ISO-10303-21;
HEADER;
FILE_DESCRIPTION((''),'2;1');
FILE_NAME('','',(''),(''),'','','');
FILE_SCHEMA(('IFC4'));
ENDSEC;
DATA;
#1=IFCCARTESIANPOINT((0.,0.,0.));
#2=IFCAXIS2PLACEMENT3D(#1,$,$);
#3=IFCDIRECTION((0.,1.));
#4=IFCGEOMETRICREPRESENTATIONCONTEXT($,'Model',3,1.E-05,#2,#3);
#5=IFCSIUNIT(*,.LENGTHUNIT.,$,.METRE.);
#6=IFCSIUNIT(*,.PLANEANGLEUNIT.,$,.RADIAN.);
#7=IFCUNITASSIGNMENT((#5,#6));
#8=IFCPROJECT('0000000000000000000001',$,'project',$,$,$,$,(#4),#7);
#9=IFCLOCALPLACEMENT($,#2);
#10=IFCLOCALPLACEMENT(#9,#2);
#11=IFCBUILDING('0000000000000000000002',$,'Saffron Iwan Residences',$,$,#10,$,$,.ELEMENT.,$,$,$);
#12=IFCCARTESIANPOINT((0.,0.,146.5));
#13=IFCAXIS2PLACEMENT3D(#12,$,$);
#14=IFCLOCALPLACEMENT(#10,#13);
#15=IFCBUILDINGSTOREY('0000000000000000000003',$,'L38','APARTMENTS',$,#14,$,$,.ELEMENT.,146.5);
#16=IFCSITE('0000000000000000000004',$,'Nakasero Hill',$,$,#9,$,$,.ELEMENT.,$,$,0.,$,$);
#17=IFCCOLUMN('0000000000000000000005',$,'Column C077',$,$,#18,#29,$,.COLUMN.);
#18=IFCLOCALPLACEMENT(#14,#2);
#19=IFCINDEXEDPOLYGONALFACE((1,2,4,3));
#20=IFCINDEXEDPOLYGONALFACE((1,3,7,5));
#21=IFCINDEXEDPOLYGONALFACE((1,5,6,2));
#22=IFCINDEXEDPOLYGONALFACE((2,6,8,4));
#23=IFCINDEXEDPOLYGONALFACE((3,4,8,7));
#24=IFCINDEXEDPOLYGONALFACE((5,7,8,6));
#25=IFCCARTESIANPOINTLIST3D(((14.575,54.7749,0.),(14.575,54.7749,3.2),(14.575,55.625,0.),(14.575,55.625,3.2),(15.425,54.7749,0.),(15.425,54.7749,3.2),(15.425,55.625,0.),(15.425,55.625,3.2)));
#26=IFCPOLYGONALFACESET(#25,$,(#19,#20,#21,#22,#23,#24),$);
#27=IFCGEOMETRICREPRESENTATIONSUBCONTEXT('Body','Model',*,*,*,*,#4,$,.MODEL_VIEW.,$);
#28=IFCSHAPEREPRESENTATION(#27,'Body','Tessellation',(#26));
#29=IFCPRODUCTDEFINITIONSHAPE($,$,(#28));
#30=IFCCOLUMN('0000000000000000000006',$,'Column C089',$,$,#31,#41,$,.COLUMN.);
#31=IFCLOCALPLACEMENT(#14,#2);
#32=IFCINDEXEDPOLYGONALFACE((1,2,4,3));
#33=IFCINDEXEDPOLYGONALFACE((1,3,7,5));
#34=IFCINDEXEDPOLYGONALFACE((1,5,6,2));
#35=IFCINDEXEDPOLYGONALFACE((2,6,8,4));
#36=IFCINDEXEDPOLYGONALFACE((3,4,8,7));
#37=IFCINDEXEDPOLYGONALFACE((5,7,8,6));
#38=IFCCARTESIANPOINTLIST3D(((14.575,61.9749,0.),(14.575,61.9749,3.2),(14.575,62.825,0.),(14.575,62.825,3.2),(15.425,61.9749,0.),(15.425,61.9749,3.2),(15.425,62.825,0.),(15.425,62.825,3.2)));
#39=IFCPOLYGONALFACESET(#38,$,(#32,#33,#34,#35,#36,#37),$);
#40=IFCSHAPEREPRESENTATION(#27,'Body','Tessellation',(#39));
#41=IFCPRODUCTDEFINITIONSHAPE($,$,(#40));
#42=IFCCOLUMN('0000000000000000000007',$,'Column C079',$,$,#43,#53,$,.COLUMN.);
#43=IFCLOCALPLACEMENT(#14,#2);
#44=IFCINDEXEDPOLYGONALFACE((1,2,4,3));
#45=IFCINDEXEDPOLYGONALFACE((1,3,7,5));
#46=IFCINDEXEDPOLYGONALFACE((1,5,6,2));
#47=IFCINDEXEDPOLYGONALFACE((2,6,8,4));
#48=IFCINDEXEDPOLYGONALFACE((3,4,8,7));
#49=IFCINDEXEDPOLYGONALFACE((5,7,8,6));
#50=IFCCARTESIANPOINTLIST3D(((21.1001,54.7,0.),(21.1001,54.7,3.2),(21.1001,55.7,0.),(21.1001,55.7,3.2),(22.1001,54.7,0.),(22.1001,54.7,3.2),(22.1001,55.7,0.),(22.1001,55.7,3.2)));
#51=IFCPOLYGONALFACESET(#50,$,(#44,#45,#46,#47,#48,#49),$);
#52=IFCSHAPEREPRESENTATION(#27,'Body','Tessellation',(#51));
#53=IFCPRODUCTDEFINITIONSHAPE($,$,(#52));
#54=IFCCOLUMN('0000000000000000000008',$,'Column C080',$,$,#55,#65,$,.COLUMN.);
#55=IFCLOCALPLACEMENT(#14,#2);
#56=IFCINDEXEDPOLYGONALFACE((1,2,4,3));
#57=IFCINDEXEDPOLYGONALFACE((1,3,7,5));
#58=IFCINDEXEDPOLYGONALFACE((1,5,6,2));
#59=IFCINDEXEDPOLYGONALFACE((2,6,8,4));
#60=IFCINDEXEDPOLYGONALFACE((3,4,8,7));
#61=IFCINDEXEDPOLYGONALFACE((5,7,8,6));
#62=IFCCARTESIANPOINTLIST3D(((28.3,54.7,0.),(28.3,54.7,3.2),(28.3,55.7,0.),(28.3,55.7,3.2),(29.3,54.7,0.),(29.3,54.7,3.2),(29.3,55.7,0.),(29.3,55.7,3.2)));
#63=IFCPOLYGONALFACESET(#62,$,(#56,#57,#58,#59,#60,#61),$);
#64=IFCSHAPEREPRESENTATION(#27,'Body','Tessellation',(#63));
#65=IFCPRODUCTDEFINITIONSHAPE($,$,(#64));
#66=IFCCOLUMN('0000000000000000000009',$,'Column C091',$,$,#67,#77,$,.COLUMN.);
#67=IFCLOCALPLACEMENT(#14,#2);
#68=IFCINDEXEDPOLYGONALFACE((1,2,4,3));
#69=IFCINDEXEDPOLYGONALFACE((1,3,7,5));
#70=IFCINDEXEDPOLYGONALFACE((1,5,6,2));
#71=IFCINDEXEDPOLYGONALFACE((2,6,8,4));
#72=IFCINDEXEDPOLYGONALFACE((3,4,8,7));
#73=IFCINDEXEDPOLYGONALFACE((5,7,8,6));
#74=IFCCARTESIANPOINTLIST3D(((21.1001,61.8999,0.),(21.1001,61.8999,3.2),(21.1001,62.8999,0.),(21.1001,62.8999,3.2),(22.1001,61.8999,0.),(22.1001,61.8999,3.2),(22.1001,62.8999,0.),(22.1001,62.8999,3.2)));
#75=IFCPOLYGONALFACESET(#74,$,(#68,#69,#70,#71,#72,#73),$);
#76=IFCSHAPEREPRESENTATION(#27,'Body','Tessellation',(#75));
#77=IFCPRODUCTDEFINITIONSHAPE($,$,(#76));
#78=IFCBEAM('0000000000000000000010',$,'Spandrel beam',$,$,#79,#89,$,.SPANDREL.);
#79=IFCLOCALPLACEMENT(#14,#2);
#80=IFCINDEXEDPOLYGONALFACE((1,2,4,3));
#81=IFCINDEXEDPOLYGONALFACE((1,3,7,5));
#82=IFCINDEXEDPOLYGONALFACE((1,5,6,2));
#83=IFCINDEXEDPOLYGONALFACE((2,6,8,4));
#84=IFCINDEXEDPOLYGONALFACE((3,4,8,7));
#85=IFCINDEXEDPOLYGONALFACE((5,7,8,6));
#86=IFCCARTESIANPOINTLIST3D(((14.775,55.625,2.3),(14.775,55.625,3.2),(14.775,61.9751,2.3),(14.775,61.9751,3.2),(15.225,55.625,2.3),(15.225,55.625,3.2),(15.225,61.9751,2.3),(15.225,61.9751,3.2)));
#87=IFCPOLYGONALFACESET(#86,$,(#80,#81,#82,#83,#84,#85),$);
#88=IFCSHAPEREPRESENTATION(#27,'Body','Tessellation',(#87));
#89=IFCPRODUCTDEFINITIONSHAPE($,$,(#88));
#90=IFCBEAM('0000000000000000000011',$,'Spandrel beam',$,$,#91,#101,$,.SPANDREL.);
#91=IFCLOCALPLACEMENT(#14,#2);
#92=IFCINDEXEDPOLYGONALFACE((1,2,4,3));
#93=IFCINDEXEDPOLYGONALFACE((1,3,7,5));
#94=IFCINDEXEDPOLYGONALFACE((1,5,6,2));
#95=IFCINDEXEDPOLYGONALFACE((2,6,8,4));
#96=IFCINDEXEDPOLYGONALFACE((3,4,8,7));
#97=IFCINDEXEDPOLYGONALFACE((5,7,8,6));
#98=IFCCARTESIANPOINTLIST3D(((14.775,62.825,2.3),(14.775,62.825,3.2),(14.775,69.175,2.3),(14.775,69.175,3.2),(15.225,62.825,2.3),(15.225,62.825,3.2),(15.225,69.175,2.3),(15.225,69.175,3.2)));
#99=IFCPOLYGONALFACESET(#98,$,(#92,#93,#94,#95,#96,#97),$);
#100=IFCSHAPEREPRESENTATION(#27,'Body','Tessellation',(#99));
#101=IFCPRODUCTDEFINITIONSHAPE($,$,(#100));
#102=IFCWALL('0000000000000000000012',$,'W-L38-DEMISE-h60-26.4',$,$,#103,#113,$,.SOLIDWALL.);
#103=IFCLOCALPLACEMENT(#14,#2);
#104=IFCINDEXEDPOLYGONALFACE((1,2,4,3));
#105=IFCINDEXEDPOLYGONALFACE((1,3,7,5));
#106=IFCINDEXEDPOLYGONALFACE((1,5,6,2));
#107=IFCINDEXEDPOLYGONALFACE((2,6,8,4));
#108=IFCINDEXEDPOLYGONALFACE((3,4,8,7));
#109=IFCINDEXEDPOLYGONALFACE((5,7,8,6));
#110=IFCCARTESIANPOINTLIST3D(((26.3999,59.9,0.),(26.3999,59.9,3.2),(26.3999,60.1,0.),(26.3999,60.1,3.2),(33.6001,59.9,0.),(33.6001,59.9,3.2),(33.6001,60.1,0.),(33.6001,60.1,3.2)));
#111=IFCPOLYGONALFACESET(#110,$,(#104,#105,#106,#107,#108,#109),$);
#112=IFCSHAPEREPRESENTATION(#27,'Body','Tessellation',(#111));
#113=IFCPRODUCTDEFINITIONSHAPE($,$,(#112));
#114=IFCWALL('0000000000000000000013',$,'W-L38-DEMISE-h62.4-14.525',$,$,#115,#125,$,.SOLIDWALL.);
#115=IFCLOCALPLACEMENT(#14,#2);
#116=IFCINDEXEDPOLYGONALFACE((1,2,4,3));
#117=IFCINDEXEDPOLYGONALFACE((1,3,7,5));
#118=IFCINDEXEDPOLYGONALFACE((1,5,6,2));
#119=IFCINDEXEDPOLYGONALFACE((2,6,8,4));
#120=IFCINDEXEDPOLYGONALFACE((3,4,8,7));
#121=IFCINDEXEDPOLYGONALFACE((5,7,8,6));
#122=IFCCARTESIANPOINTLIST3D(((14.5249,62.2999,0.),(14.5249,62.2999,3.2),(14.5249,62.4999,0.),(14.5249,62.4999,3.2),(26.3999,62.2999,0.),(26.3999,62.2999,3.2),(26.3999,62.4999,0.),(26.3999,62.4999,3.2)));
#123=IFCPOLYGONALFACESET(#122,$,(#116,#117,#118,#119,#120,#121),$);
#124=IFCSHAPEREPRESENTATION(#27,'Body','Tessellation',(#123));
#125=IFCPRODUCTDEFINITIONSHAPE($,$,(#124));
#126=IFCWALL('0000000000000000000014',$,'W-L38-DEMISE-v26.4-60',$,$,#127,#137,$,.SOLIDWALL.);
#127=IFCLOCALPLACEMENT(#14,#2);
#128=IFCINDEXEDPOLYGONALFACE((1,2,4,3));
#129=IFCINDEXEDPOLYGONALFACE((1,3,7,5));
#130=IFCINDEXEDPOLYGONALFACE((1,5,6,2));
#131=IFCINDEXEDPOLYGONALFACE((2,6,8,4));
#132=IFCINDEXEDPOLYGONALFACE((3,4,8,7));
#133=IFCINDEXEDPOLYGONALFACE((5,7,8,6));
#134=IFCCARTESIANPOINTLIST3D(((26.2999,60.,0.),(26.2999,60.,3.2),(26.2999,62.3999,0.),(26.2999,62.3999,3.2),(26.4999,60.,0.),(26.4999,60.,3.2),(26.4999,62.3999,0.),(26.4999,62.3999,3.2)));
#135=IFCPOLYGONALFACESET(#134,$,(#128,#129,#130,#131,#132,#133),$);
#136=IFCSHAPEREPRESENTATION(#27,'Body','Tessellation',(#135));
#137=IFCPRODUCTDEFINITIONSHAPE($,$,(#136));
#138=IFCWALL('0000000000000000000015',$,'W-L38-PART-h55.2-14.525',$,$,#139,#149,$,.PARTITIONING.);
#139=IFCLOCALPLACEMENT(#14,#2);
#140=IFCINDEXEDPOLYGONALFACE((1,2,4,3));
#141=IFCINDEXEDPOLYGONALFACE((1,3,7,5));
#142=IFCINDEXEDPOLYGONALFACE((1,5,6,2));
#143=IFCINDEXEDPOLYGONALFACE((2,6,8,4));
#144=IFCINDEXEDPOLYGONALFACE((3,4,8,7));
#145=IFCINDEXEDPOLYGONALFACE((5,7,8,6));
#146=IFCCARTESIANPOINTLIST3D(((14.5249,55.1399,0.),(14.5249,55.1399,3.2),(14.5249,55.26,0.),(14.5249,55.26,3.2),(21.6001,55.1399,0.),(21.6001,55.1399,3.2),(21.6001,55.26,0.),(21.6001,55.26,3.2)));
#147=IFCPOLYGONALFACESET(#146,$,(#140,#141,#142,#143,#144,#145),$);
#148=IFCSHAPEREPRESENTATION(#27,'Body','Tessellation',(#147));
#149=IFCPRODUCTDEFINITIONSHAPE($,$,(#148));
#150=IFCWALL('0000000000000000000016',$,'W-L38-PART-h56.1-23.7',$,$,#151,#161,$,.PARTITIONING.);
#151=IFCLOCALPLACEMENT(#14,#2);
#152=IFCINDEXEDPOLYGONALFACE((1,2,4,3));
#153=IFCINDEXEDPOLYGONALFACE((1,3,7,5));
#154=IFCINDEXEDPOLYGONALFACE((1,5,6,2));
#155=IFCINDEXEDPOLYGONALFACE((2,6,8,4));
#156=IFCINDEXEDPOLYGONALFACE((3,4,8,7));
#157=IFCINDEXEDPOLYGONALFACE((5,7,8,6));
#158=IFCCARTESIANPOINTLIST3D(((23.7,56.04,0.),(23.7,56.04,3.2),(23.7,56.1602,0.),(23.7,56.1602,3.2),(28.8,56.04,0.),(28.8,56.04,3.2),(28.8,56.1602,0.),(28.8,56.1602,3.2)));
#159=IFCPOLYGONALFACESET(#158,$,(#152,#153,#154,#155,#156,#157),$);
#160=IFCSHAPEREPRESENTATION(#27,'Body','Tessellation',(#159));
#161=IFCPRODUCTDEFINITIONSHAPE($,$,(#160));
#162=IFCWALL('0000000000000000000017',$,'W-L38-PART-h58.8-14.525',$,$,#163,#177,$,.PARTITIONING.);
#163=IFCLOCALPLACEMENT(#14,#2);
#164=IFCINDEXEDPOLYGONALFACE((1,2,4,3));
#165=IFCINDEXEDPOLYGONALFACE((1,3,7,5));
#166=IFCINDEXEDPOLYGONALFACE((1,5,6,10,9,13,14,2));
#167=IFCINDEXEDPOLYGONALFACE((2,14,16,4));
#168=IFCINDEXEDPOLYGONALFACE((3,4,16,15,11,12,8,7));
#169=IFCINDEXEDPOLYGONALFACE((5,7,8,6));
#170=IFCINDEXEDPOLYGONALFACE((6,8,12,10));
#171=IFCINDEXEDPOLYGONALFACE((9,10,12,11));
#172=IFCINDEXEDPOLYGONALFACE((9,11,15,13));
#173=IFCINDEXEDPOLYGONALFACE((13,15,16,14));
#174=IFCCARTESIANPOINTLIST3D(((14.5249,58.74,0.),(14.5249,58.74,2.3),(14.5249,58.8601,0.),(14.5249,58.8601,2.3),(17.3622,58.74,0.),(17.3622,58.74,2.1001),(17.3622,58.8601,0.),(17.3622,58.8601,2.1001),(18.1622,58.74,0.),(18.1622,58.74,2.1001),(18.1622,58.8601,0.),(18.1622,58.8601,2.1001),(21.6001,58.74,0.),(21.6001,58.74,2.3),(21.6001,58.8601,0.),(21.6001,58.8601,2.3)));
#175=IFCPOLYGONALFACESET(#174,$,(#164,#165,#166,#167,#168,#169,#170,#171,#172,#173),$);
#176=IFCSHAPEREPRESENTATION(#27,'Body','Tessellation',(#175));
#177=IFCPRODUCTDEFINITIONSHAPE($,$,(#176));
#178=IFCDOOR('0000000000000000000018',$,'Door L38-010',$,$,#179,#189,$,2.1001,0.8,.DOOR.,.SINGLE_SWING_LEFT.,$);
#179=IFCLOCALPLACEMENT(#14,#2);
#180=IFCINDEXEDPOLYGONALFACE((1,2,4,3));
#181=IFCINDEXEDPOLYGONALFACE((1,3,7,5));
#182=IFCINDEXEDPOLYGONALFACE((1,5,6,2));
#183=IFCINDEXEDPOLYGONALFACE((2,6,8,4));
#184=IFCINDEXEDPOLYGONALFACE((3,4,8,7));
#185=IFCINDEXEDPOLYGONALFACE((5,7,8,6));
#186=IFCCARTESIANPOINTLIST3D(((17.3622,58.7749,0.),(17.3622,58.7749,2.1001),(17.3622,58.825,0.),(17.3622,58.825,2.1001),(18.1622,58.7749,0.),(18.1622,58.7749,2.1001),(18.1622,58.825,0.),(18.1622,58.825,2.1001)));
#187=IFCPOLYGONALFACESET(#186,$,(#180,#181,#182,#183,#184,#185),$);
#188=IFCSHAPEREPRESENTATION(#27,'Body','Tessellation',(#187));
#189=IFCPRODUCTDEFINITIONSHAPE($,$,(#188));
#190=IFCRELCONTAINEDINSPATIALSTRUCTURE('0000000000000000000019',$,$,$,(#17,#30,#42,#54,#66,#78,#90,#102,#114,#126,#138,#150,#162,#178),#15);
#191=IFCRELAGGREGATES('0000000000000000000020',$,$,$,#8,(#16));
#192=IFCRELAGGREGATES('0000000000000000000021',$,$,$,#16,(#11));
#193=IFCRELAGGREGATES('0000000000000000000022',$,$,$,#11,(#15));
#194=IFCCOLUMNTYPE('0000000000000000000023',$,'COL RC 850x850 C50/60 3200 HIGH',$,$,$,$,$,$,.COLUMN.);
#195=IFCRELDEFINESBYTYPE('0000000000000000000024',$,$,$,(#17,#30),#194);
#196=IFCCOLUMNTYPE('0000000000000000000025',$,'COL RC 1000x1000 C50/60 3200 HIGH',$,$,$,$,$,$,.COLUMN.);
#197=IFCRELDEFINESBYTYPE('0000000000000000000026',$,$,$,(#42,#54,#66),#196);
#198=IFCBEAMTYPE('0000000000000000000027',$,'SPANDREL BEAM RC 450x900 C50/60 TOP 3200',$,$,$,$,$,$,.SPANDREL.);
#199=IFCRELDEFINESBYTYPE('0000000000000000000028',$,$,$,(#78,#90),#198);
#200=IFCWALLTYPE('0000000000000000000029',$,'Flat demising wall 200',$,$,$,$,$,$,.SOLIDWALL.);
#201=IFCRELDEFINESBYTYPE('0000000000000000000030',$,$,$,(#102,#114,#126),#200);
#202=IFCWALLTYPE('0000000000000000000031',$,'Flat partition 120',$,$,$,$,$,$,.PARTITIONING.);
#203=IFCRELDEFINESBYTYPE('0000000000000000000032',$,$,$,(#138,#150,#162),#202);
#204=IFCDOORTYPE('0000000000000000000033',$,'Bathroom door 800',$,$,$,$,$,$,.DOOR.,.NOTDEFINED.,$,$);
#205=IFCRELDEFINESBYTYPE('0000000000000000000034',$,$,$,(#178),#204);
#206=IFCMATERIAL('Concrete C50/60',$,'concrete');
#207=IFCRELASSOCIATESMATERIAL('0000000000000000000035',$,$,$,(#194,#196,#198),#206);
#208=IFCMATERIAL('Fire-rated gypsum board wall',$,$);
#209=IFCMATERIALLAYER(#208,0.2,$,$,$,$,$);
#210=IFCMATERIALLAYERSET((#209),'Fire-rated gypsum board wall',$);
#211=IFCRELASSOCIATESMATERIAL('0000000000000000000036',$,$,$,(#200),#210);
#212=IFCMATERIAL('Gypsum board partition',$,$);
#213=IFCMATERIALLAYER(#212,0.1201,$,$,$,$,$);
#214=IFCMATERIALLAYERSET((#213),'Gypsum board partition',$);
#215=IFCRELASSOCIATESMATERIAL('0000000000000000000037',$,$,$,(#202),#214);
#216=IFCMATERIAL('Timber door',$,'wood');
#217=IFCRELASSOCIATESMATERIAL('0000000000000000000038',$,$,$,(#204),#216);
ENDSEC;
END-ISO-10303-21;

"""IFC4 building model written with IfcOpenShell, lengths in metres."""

from ifc_helpers import new_model, si_unit, direction, frame, frame_2d, origin, origin_2d, place, context, subcontext, project, spatial, rectangle, extrude, source, transform, mapped, material, layer, layer_set, material_profile, profile_set, type_object, element, fill, save


model = new_model("IFC4")

# Units and contexts
model_context = context("Model", 3, precision=1e-05, world=origin(), true_north=direction((0.0, 1.0)))
body_context = subcontext(model_context, "Body", "Model", "MODEL_VIEW")
ifc_project = project(units=[si_unit("LENGTHUNIT", "METRE"), si_unit("PLANEANGLEUNIT", "RADIAN")], contexts=[model_context])

# Site, building, storey
site_placement = place(None, origin())
site = spatial("IfcSite", under=ifc_project, at=site_placement, Name="Nakasero Hill", CompositionType="ELEMENT", RefElevation=0.0)
building_placement = place(site_placement, origin())
building = spatial("IfcBuilding", under=site, at=building_placement, Name="Saffron Iwan Residences", CompositionType="ELEMENT")
storey_placement = place(building_placement, frame((0.0, 0.0, 146.5)))
storey = spatial("IfcBuildingStorey", under=building, at=storey_placement, Name="L38", Description="APARTMENTS", CompositionType="ELEMENT", Elevation=146.5)

# Columns
ifc_material_1 = material(Name="Concrete C50/60", Category="concrete")
ifc_material_profile_1 = material_profile(ifc_material_1, rectangle(XDim=0.8501, YDim=0.8501, at=origin_2d()), Name="RC 850x850")
ifc_profile_set_1 = profile_set([ifc_material_profile_1], Name="Concrete C50/60")
column_type_1 = type_object("IfcColumnType", Name="COL RC 850x850 C50/60 3200 HIGH", PredefinedType="COLUMN", material=ifc_profile_set_1)
shared_shape_1 = source(origin(), body_context, "Body", "SweptSolid", [
    extrude(rectangle(XDim=0.8501, YDim=0.8501, at=origin_2d()), origin(), (0.0, 0.0, 1.0), 3.2),
])
for number, where, z_axis, x_axis, name in (
    (1, (15.0, 55.2, 0.0), (0.0, 0.0, 1.0), (1.0, 0.0, 0.0), "Column C077"),
    (2, (15.0, 62.3999, 0.0), (0.0, 0.0, 1.0), (1.0, 0.0, 0.0), "Column C089"),
):
    element("IfcColumn", number, at=place(storey_placement, frame(where, z_axis=z_axis, x_axis=x_axis)), inside=storey, type_object=column_type_1, Name=name, PredefinedType="COLUMN", context=body_context, shape_type="MappedRepresentation", body=[
        mapped(shared_shape_1, transform((0.0, 0.0, 0.0))),
    ])
ifc_material_profile_2 = material_profile(ifc_material_1, rectangle(XDim=1.0, YDim=1.0, at=origin_2d()), Name="RC 1000x1000")
ifc_profile_set_2 = profile_set([ifc_material_profile_2], Name="Concrete C50/60")
column_type_2 = type_object("IfcColumnType", Name="COL RC 1000x1000 C50/60 3200 HIGH", PredefinedType="COLUMN", material=ifc_profile_set_2)
shared_shape_2 = source(origin(), body_context, "Body", "SweptSolid", [
    extrude(rectangle(XDim=1.0, YDim=1.0, at=origin_2d()), origin(), (0.0, 0.0, 1.0), 3.2),
])
for number, where, z_axis, x_axis, name in (
    (3, (21.6001, 55.2, 0.0), (0.0, 0.0, 1.0), (1.0, 0.0, 0.0), "Column C079"),
    (4, (28.8, 55.2, 0.0), (0.0, 0.0, 1.0), (1.0, 0.0, 0.0), "Column C080"),
    (5, (21.6001, 62.3999, 0.0), (0.0, 0.0, 1.0), (1.0, 0.0, 0.0), "Column C091"),
):
    element("IfcColumn", number, at=place(storey_placement, frame(where, z_axis=z_axis, x_axis=x_axis)), inside=storey, type_object=column_type_2, Name=name, PredefinedType="COLUMN", context=body_context, shape_type="MappedRepresentation", body=[
        mapped(shared_shape_2, transform((0.0, 0.0, 0.0))),
    ])

# Beams
ifc_material_profile_3 = material_profile(ifc_material_1, rectangle(XDim=0.45, YDim=0.8999, at=origin_2d()), Name="RC 450x900")
ifc_profile_set_3 = profile_set([ifc_material_profile_3], Name="Concrete C50/60")
beam_type = type_object("IfcBeamType", Name="SPANDREL BEAM RC 450x900 C50/60 TOP 3200", PredefinedType="SPANDREL", material=ifc_profile_set_3)
shared_shape_3 = source(origin(), body_context, "Body", "SweptSolid", [
    extrude(rectangle(XDim=0.45, YDim=0.8999, at=origin_2d()), origin(), (0.0, 0.0, 1.0), 6.3501),
])
for number, where, z_axis, x_axis, name in (
    (6, (15.0, 55.625, 2.75), (0.0, 1.0, 0.0), (-1.0, 0.0, 0.0), "Spandrel beam"),
    (7, (15.0, 62.825, 2.75), (0.0, 1.0, 0.0), (-1.0, 0.0, 0.0), "Spandrel beam"),
):
    element("IfcBeam", number, at=place(storey_placement, frame(where, z_axis=z_axis, x_axis=x_axis)), inside=storey, type_object=beam_type, Name=name, PredefinedType="SPANDREL", context=body_context, shape_type="MappedRepresentation", body=[
        mapped(shared_shape_3, transform((0.0, 0.0, 0.0))),
    ])

# Walls
ifc_material_2 = material(Name="Fire-rated gypsum board wall")
ifc_layer_1 = layer(ifc_material_2, 0.2)
ifc_layer_set_1 = layer_set([ifc_layer_1], Name="Fire-rated gypsum board wall")
wall_type_1 = type_object("IfcWallType", Name="Flat demising wall 200", PredefinedType="SOLIDWALL", material=ifc_layer_set_1)
wall_1_placement = place(storey_placement, frame((26.3999, 60.0, 0.0), z_axis=(0.0, 0.0, 1.0), x_axis=(1.0, 0.0, 0.0)))
element("IfcWall", 8, at=wall_1_placement, inside=storey, type_object=wall_type_1, Name="W-L38-DEMISE-h60-26.4", PredefinedType="SOLIDWALL", context=body_context, shape_type="SweptSolid", body=[
    extrude(rectangle(XDim=7.2002, YDim=0.2, at=frame_2d((3.6001, 0.0))), origin(), (0.0, 0.0, 1.0), 3.2),
])
wall_2_placement = place(storey_placement, frame((14.5249, 62.3999, 0.0), z_axis=(0.0, 0.0, 1.0), x_axis=(1.0, 0.0, 0.0)))
element("IfcWall", 9, at=wall_2_placement, inside=storey, type_object=wall_type_1, Name="W-L38-DEMISE-h62.4-14.525", PredefinedType="SOLIDWALL", context=body_context, shape_type="SweptSolid", body=[
    extrude(rectangle(XDim=11.875, YDim=0.2, at=frame_2d((5.9375, 0.0))), origin(), (0.0, 0.0, 1.0), 3.2),
])
wall_3_placement = place(storey_placement, frame((26.3999, 60.0, 0.0), z_axis=(0.0, 0.0, 1.0), x_axis=(0.0, 1.0, 0.0)))
element("IfcWall", 10, at=wall_3_placement, inside=storey, type_object=wall_type_1, Name="W-L38-DEMISE-v26.4-60", PredefinedType="SOLIDWALL", context=body_context, shape_type="SweptSolid", body=[
    extrude(rectangle(XDim=2.3999, YDim=0.2, at=frame_2d((1.2, 0.0))), origin(), (0.0, 0.0, 1.0), 3.2),
])
ifc_material_3 = material(Name="Gypsum board partition")
ifc_layer_2 = layer(ifc_material_3, 0.1201)
ifc_layer_set_2 = layer_set([ifc_layer_2], Name="Gypsum board partition")
wall_type_2 = type_object("IfcWallType", Name="Flat partition 120", PredefinedType="PARTITIONING", material=ifc_layer_set_2)
wall_4_placement = place(storey_placement, frame((14.5249, 55.2, 0.0), z_axis=(0.0, 0.0, 1.0), x_axis=(1.0, 0.0, 0.0)))
element("IfcWall", 11, at=wall_4_placement, inside=storey, type_object=wall_type_2, Name="W-L38-PART-h55.2-14.525", PredefinedType="PARTITIONING", context=body_context, shape_type="SweptSolid", body=[
    extrude(rectangle(XDim=7.0752, YDim=0.1201, at=frame_2d((3.5376, 0.0))), origin(), (0.0, 0.0, 1.0), 3.2),
])
wall_5_placement = place(storey_placement, frame((23.7, 56.1001, 0.0), z_axis=(0.0, 0.0, 1.0), x_axis=(1.0, 0.0, 0.0)))
element("IfcWall", 12, at=wall_5_placement, inside=storey, type_object=wall_type_2, Name="W-L38-PART-h56.1-23.7", PredefinedType="PARTITIONING", context=body_context, shape_type="SweptSolid", body=[
    extrude(rectangle(XDim=5.1001, YDim=0.1201, at=frame_2d((2.55, 0.0))), origin(), (0.0, 0.0, 1.0), 3.2),
])

# Wall, opening, door
wall_6_placement = place(storey_placement, frame((14.5249, 58.8, 0.0), z_axis=(0.0, 0.0, 1.0), x_axis=(1.0, 0.0, 0.0)))
wall_6 = element("IfcWall", 13, at=wall_6_placement, inside=storey, type_object=wall_type_2, Name="W-L38-PART-h58.8-14.525", PredefinedType="PARTITIONING", context=body_context, shape_type="SweptSolid", body=[
    extrude(rectangle(XDim=7.0752, YDim=0.1201, at=frame_2d((3.5376, 0.0))), origin(), (0.0, 0.0, 1.0), 2.3),
])
opening_1_placement = place(wall_6_placement, frame((2.8374, 0.0, 0.0)))
opening_1 = element("IfcOpeningElement", 14, at=opening_1_placement, cuts=wall_6, PredefinedType="OPENING", context=body_context, shape_type="SweptSolid", body=[
    extrude(rectangle(XDim=0.8, YDim=2.1001, at=frame_2d((0.3999, 1.05))), frame((0.0, 0.0701, 0.0), z_axis=(0.0, -1.0, 0.0), x_axis=(1.0, 0.0, 0.0)), (0.0, 0.0, 1.0), 0.1401),
])
ifc_material_4 = material(Name="Timber door", Category="wood")
door_type_1 = type_object("IfcDoorType", Name="Bathroom door 800", OperationType="NOTDEFINED", PredefinedType="DOOR", material=ifc_material_4)
door_1_placement = place(opening_1_placement, origin())
door_1 = element("IfcDoor", 15, at=door_1_placement, inside=storey, type_object=door_type_1, Name="Door L38-010", OperationType="SINGLE_SWING_LEFT", OverallHeight=2.1001, OverallWidth=0.8, PredefinedType="DOOR", context=body_context, shape_type="SweptSolid", body=[
    extrude(rectangle(XDim=0.8, YDim=2.1001, at=frame_2d((0.3999, 1.05))), frame((0.0, 0.0249, 0.0), z_axis=(0.0, -1.0, 0.0), x_axis=(1.0, 0.0, 0.0)), (0.0, 0.0, 1.0), 0.05),
])
fill(opening_1, door_1)

save(model, "model.ifc")
